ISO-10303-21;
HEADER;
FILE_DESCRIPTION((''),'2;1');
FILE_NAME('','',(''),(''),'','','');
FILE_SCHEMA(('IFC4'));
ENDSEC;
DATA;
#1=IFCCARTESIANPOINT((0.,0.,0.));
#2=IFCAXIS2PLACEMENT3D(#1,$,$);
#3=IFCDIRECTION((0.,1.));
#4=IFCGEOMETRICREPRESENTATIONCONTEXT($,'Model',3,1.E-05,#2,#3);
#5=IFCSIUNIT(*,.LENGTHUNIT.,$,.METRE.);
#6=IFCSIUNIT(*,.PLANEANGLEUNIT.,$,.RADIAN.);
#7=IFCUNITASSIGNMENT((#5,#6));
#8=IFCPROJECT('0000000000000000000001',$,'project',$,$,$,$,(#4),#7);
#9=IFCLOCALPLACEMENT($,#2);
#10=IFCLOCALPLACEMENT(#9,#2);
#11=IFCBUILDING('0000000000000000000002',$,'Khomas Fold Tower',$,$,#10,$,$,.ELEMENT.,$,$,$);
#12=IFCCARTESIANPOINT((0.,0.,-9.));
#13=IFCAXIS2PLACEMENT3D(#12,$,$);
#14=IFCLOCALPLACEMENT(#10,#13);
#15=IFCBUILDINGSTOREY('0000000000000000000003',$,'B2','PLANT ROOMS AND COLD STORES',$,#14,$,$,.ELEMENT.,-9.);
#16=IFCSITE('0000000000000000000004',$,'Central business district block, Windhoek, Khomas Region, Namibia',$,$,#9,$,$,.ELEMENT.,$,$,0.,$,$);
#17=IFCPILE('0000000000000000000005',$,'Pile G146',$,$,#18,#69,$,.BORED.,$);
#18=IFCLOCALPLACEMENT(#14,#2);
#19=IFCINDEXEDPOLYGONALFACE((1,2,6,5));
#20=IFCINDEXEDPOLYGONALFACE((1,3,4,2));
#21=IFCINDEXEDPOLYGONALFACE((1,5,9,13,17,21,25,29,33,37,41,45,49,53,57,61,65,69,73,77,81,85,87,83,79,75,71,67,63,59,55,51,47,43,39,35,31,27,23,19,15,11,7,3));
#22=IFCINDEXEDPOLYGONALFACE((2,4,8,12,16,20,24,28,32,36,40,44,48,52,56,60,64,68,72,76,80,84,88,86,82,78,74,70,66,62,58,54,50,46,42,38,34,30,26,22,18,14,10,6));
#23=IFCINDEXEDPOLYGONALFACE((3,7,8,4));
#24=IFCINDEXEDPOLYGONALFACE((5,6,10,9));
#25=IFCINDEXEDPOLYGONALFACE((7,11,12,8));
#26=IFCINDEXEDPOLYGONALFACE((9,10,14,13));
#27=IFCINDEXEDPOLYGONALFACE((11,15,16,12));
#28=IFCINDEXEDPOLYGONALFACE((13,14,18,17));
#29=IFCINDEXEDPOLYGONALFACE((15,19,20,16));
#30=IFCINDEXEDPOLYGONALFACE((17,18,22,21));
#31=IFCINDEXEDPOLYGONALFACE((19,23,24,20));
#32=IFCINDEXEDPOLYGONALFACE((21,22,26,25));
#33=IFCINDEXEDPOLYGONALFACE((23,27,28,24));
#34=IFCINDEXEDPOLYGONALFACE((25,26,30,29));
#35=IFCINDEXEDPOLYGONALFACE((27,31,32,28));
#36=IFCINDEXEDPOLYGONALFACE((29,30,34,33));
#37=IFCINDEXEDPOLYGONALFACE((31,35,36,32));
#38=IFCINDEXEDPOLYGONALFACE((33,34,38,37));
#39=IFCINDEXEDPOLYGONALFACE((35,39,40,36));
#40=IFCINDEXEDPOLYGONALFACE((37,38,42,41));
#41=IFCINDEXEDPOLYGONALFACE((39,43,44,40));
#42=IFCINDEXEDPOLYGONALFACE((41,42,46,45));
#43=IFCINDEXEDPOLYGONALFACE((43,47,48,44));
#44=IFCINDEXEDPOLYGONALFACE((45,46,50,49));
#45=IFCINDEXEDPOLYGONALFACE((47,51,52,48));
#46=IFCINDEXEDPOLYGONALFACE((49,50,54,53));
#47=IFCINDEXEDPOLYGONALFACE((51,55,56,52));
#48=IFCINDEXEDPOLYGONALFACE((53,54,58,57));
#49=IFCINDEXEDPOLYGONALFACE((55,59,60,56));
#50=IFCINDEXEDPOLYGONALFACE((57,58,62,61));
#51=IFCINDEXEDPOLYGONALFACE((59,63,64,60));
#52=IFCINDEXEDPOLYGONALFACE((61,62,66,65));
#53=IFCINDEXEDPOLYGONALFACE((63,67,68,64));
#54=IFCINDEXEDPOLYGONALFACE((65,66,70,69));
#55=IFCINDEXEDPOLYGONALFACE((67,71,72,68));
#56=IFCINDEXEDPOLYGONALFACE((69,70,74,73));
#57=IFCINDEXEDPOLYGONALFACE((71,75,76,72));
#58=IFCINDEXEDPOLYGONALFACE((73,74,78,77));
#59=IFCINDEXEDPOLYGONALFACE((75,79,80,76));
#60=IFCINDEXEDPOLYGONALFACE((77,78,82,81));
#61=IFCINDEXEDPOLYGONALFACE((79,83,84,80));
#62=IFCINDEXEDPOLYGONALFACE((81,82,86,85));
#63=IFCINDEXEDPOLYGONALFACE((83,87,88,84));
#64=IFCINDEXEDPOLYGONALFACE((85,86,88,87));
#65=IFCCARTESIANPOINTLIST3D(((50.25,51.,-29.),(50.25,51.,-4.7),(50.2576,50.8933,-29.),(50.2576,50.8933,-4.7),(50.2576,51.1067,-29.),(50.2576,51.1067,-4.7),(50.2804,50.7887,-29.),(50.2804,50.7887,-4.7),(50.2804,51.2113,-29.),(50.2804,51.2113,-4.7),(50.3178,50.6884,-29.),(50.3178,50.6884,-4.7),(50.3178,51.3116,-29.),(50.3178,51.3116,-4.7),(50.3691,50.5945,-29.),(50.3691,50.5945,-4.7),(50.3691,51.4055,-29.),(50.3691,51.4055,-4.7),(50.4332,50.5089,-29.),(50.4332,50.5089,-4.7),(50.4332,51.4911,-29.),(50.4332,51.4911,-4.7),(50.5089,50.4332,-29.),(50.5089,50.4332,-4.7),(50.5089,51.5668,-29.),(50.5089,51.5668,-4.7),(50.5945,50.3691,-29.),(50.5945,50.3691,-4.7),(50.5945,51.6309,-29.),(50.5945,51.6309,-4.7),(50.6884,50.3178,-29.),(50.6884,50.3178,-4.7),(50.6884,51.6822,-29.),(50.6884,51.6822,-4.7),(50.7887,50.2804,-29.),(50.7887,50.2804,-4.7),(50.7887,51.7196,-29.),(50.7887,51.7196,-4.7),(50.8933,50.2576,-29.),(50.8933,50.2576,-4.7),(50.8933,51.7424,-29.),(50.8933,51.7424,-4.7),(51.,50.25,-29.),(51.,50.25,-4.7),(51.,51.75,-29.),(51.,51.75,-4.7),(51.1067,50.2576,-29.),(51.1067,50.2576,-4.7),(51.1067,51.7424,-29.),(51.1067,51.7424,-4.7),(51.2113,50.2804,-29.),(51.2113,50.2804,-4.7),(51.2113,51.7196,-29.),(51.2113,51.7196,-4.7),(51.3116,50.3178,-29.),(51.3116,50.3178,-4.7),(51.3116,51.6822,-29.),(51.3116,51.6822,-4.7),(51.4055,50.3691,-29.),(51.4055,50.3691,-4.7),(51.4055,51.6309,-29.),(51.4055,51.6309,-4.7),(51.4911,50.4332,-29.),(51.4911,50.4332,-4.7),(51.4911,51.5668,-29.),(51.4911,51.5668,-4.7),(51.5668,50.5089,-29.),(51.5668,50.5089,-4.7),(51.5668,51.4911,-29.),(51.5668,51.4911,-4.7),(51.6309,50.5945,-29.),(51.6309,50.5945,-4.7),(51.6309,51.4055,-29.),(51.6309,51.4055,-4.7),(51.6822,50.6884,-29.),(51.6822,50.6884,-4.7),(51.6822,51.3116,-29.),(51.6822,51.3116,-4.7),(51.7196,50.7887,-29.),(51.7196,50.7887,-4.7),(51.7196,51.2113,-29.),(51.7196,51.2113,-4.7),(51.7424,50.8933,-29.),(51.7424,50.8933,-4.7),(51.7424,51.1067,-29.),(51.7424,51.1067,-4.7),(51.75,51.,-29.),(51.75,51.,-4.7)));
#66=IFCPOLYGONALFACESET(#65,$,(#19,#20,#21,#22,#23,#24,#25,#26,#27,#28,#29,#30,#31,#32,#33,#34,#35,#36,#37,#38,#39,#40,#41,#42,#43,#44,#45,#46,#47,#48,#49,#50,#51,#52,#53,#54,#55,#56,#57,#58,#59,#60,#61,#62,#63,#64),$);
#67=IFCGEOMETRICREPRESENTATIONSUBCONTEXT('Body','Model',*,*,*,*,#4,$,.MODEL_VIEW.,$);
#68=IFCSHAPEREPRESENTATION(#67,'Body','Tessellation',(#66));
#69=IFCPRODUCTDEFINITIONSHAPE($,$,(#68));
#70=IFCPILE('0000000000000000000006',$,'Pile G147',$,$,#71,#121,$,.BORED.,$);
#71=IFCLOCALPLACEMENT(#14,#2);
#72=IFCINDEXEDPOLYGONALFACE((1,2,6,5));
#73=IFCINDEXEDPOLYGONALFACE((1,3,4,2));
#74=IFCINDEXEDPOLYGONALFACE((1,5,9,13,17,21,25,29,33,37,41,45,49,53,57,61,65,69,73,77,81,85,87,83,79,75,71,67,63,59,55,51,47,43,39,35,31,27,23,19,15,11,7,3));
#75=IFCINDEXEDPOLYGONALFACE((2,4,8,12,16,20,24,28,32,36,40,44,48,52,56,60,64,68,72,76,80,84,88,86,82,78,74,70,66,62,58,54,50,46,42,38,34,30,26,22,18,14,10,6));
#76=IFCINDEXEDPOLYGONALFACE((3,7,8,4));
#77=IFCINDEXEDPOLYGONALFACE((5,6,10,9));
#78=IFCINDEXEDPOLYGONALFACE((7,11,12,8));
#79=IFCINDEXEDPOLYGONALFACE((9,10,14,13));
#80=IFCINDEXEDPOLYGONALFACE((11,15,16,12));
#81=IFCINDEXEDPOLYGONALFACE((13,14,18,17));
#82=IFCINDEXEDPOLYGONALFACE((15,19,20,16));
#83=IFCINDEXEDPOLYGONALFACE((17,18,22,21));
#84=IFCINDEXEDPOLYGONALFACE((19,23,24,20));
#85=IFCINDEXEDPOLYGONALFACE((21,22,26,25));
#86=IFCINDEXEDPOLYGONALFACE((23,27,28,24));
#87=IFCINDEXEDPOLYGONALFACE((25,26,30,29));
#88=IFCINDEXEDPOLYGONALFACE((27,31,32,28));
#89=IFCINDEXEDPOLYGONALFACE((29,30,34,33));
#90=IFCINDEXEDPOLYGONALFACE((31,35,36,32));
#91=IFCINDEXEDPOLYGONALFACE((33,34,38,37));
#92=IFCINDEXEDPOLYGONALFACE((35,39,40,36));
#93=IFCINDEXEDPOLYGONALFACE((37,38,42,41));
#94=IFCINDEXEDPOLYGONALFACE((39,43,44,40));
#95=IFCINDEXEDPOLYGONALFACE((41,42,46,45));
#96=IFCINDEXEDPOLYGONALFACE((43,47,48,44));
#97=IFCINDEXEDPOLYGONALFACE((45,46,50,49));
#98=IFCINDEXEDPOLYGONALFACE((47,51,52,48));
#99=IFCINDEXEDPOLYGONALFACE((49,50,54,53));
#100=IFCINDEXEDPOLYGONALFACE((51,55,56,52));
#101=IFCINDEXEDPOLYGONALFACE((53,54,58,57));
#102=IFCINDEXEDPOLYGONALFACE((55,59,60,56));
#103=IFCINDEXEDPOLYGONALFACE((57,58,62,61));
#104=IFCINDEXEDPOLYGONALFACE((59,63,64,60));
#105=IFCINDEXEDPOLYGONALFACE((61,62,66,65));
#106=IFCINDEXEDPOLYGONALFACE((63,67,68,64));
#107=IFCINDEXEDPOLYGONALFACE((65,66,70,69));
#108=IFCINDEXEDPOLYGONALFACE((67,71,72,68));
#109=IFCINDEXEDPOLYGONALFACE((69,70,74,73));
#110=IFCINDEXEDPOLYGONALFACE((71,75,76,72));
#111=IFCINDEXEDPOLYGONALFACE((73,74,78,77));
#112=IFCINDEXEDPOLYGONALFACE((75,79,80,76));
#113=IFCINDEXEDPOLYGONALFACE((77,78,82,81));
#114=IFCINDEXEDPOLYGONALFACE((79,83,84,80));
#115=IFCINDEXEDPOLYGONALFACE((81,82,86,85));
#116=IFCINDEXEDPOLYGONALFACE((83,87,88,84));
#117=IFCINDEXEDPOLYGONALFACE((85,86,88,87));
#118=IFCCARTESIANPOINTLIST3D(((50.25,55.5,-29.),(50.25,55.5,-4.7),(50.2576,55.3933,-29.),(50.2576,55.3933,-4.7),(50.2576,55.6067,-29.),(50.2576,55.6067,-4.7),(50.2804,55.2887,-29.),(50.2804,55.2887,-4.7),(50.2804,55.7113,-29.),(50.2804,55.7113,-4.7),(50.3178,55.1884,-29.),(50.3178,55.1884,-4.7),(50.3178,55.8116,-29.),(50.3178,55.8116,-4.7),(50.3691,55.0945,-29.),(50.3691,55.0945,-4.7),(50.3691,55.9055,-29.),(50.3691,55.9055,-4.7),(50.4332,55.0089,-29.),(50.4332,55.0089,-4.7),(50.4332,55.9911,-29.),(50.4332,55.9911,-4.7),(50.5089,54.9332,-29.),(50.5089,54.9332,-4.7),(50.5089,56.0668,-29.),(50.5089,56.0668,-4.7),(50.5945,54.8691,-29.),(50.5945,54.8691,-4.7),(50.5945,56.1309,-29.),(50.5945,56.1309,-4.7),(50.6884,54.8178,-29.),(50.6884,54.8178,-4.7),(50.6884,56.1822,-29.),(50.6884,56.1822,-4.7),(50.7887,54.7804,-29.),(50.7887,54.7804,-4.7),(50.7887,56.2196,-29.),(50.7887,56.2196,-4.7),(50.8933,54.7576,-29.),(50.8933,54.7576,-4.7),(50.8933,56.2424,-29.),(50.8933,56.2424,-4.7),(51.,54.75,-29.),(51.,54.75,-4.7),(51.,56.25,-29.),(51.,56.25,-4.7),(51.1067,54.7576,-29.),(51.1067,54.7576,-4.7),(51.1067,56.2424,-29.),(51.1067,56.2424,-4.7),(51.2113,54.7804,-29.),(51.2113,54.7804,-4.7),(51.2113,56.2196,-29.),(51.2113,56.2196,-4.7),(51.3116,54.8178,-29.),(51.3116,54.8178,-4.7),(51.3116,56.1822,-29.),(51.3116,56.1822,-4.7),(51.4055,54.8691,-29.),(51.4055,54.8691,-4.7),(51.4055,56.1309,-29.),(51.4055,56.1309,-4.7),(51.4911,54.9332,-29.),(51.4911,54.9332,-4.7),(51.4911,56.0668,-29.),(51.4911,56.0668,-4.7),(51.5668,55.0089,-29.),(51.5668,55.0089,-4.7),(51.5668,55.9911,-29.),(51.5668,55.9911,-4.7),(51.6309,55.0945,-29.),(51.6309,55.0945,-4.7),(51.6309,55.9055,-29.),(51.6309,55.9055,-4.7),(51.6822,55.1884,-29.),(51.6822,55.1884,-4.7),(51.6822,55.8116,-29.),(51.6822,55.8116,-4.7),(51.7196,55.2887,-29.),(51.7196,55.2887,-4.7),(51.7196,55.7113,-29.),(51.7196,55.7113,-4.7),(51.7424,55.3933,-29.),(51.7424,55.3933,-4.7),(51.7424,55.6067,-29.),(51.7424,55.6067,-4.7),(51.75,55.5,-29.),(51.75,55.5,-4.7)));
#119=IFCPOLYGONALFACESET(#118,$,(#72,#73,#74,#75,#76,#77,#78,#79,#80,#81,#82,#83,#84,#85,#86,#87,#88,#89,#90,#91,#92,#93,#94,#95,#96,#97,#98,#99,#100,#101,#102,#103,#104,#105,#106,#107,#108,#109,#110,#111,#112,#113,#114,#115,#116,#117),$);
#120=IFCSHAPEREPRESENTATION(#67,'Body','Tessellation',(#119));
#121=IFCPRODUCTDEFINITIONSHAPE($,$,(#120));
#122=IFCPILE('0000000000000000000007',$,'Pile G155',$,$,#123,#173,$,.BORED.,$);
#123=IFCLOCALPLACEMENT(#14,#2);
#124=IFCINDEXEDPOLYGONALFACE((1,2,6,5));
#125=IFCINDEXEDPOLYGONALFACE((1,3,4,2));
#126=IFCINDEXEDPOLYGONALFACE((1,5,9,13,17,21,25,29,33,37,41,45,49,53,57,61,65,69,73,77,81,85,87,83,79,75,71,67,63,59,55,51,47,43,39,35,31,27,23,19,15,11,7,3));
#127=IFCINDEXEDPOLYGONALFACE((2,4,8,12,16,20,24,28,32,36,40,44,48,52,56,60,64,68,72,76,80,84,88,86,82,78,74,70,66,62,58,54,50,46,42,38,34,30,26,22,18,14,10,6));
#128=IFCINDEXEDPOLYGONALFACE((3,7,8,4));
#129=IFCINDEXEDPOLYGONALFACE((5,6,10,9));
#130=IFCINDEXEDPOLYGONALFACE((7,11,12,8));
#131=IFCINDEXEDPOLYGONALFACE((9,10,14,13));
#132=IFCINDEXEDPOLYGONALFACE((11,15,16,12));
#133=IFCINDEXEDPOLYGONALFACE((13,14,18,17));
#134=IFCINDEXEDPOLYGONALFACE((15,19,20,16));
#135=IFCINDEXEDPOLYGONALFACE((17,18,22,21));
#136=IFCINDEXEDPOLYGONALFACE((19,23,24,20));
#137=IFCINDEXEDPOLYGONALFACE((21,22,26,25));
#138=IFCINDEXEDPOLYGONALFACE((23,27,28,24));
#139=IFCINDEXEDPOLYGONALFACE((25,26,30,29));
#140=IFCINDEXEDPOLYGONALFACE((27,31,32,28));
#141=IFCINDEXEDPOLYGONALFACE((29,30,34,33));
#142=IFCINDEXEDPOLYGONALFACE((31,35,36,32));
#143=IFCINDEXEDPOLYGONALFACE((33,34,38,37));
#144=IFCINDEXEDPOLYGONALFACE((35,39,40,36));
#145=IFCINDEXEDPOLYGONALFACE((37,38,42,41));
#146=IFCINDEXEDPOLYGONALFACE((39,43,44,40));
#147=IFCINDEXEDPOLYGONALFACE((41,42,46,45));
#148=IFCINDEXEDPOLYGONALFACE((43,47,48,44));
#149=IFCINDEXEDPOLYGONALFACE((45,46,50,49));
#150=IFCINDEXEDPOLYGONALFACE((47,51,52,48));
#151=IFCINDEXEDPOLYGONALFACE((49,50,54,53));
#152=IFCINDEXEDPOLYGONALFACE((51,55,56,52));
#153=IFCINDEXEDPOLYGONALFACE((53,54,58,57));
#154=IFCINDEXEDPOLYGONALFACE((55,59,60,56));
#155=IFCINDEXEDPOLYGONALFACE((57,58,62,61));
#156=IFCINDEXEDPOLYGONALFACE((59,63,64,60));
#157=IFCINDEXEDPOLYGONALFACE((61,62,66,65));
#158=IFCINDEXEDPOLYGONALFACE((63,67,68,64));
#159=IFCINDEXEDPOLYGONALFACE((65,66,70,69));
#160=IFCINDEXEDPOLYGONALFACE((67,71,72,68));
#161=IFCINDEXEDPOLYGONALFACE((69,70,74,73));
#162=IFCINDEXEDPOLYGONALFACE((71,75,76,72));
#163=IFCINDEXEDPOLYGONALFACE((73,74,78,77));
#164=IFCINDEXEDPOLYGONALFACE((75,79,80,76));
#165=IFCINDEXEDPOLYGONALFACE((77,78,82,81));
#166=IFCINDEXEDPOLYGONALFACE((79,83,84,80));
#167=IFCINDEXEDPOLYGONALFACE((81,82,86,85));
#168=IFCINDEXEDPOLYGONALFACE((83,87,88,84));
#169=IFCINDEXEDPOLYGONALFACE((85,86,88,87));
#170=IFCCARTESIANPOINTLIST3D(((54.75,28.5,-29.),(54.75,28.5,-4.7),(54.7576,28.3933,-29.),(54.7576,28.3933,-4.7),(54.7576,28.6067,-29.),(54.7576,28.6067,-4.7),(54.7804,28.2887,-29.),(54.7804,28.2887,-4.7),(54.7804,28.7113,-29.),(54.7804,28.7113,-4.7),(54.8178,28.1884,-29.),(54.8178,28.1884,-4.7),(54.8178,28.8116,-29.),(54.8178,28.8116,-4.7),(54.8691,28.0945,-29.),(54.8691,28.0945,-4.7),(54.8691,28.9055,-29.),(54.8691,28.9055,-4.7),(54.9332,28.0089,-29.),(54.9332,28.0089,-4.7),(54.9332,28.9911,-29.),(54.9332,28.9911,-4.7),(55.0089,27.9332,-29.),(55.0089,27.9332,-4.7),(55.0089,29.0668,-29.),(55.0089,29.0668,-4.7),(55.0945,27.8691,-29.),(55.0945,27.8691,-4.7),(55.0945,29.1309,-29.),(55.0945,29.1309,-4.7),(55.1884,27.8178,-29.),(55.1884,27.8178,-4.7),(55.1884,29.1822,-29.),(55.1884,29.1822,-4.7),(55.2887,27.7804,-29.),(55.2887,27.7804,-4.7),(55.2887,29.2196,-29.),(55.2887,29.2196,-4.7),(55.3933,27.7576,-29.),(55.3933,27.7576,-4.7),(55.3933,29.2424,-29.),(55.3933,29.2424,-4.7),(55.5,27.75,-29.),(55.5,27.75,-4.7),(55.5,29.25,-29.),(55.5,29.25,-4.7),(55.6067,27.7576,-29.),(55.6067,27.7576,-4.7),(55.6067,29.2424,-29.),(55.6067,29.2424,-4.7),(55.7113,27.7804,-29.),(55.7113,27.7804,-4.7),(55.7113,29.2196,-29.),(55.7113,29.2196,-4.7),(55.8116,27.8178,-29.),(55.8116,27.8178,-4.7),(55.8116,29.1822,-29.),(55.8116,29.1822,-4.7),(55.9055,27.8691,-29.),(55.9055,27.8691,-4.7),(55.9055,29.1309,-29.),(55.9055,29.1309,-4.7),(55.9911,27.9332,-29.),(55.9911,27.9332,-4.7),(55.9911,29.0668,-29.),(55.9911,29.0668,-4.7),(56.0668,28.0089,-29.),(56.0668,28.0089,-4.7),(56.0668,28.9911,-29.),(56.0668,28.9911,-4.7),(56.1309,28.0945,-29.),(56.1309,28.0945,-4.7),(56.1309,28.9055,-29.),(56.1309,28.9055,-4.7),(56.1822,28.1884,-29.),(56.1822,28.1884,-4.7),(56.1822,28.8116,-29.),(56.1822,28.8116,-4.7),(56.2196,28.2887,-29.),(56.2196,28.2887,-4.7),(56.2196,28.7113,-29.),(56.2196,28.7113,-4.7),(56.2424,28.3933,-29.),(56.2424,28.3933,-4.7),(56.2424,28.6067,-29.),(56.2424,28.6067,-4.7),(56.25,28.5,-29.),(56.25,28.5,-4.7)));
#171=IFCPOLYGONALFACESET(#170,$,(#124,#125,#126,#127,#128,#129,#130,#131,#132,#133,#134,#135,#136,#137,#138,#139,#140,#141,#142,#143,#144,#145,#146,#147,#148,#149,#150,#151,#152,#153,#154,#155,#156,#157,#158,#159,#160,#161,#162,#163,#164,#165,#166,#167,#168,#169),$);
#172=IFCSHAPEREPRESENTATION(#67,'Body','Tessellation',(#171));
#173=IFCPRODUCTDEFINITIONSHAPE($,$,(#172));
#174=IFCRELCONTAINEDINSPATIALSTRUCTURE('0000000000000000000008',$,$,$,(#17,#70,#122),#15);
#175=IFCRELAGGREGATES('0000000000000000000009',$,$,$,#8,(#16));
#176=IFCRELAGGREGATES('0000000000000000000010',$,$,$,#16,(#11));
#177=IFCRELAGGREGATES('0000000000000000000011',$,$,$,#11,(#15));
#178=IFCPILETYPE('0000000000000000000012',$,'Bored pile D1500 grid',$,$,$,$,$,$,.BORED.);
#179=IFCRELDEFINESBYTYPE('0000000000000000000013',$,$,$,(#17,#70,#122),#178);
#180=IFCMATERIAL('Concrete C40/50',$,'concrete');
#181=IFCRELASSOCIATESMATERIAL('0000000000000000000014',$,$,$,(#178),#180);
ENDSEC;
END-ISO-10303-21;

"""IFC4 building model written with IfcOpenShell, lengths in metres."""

from ifc_helpers import new_model, si_unit, direction, frame, origin, origin_2d, place, context, subcontext, project, spatial, circle, extrude, source, transform, mapped, material, material_profile, profile_set, type_object, element, save


model = new_model("IFC4")

# Units and contexts
model_context = context("Model", 3, precision=1e-05, world=origin(), true_north=direction((0.0, 1.0)))
body_context = subcontext(model_context, "Body", "Model", "MODEL_VIEW")
ifc_project = project(units=[si_unit("LENGTHUNIT", "METRE"), si_unit("PLANEANGLEUNIT", "RADIAN")], contexts=[model_context])

# Site, building, storey
site_placement = place(None, origin())
site = spatial("IfcSite", under=ifc_project, at=site_placement, Name="Central business district block, Windhoek, Khomas Region, Namibia", CompositionType="ELEMENT", RefElevation=0.0)
building_placement = place(site_placement, origin())
building = spatial("IfcBuilding", under=site, at=building_placement, Name="Khomas Fold Tower", CompositionType="ELEMENT")
storey_placement = place(building_placement, frame((0.0, 0.0, -9.0)))
storey = spatial("IfcBuildingStorey", under=building, at=storey_placement, Name="B2", Description="PLANT ROOMS AND COLD STORES", CompositionType="ELEMENT", Elevation=-9.0)

# Piles
ifc_material_1 = material(Name="Concrete C40/50", Category="concrete")
ifc_material_profile_1 = material_profile(ifc_material_1, circle(Radius=0.75, at=origin_2d()), Name="PILE D1500")
ifc_profile_set_1 = profile_set([ifc_material_profile_1], Name="Concrete C40/50")
pile_type = type_object("IfcPileType", Name="Bored pile D1500 grid", PredefinedType="BORED", material=ifc_profile_set_1)
shared_shape_1 = source(origin(), body_context, "Body", "SweptSolid", [
    extrude(circle(Radius=0.75, at=origin_2d()), origin(), (0.0, 0.0, 1.0), 24.3),
])
for number, where, z_axis, x_axis, name in (
    (1, (51.0, 51.0, -4.7), (0.0, 0.0, -1.0), (1.0, 0.0, 0.0), "Pile G146"),
    (2, (51.0, 55.5, -4.7), (0.0, 0.0, -1.0), (1.0, 0.0, 0.0), "Pile G147"),
    (3, (55.5, 28.5, -4.7), (0.0, 0.0, -1.0), (1.0, 0.0, 0.0), "Pile G155"),
):
    element("IfcPile", number, at=place(storey_placement, frame(where, z_axis=z_axis, x_axis=x_axis)), inside=storey, type_object=pile_type, Name=name, PredefinedType="BORED", context=body_context, shape_type="MappedRepresentation", body=[
        mapped(shared_shape_1, transform((0.0, 0.0, 0.0))),
    ])

save(model, "model.ifc")
